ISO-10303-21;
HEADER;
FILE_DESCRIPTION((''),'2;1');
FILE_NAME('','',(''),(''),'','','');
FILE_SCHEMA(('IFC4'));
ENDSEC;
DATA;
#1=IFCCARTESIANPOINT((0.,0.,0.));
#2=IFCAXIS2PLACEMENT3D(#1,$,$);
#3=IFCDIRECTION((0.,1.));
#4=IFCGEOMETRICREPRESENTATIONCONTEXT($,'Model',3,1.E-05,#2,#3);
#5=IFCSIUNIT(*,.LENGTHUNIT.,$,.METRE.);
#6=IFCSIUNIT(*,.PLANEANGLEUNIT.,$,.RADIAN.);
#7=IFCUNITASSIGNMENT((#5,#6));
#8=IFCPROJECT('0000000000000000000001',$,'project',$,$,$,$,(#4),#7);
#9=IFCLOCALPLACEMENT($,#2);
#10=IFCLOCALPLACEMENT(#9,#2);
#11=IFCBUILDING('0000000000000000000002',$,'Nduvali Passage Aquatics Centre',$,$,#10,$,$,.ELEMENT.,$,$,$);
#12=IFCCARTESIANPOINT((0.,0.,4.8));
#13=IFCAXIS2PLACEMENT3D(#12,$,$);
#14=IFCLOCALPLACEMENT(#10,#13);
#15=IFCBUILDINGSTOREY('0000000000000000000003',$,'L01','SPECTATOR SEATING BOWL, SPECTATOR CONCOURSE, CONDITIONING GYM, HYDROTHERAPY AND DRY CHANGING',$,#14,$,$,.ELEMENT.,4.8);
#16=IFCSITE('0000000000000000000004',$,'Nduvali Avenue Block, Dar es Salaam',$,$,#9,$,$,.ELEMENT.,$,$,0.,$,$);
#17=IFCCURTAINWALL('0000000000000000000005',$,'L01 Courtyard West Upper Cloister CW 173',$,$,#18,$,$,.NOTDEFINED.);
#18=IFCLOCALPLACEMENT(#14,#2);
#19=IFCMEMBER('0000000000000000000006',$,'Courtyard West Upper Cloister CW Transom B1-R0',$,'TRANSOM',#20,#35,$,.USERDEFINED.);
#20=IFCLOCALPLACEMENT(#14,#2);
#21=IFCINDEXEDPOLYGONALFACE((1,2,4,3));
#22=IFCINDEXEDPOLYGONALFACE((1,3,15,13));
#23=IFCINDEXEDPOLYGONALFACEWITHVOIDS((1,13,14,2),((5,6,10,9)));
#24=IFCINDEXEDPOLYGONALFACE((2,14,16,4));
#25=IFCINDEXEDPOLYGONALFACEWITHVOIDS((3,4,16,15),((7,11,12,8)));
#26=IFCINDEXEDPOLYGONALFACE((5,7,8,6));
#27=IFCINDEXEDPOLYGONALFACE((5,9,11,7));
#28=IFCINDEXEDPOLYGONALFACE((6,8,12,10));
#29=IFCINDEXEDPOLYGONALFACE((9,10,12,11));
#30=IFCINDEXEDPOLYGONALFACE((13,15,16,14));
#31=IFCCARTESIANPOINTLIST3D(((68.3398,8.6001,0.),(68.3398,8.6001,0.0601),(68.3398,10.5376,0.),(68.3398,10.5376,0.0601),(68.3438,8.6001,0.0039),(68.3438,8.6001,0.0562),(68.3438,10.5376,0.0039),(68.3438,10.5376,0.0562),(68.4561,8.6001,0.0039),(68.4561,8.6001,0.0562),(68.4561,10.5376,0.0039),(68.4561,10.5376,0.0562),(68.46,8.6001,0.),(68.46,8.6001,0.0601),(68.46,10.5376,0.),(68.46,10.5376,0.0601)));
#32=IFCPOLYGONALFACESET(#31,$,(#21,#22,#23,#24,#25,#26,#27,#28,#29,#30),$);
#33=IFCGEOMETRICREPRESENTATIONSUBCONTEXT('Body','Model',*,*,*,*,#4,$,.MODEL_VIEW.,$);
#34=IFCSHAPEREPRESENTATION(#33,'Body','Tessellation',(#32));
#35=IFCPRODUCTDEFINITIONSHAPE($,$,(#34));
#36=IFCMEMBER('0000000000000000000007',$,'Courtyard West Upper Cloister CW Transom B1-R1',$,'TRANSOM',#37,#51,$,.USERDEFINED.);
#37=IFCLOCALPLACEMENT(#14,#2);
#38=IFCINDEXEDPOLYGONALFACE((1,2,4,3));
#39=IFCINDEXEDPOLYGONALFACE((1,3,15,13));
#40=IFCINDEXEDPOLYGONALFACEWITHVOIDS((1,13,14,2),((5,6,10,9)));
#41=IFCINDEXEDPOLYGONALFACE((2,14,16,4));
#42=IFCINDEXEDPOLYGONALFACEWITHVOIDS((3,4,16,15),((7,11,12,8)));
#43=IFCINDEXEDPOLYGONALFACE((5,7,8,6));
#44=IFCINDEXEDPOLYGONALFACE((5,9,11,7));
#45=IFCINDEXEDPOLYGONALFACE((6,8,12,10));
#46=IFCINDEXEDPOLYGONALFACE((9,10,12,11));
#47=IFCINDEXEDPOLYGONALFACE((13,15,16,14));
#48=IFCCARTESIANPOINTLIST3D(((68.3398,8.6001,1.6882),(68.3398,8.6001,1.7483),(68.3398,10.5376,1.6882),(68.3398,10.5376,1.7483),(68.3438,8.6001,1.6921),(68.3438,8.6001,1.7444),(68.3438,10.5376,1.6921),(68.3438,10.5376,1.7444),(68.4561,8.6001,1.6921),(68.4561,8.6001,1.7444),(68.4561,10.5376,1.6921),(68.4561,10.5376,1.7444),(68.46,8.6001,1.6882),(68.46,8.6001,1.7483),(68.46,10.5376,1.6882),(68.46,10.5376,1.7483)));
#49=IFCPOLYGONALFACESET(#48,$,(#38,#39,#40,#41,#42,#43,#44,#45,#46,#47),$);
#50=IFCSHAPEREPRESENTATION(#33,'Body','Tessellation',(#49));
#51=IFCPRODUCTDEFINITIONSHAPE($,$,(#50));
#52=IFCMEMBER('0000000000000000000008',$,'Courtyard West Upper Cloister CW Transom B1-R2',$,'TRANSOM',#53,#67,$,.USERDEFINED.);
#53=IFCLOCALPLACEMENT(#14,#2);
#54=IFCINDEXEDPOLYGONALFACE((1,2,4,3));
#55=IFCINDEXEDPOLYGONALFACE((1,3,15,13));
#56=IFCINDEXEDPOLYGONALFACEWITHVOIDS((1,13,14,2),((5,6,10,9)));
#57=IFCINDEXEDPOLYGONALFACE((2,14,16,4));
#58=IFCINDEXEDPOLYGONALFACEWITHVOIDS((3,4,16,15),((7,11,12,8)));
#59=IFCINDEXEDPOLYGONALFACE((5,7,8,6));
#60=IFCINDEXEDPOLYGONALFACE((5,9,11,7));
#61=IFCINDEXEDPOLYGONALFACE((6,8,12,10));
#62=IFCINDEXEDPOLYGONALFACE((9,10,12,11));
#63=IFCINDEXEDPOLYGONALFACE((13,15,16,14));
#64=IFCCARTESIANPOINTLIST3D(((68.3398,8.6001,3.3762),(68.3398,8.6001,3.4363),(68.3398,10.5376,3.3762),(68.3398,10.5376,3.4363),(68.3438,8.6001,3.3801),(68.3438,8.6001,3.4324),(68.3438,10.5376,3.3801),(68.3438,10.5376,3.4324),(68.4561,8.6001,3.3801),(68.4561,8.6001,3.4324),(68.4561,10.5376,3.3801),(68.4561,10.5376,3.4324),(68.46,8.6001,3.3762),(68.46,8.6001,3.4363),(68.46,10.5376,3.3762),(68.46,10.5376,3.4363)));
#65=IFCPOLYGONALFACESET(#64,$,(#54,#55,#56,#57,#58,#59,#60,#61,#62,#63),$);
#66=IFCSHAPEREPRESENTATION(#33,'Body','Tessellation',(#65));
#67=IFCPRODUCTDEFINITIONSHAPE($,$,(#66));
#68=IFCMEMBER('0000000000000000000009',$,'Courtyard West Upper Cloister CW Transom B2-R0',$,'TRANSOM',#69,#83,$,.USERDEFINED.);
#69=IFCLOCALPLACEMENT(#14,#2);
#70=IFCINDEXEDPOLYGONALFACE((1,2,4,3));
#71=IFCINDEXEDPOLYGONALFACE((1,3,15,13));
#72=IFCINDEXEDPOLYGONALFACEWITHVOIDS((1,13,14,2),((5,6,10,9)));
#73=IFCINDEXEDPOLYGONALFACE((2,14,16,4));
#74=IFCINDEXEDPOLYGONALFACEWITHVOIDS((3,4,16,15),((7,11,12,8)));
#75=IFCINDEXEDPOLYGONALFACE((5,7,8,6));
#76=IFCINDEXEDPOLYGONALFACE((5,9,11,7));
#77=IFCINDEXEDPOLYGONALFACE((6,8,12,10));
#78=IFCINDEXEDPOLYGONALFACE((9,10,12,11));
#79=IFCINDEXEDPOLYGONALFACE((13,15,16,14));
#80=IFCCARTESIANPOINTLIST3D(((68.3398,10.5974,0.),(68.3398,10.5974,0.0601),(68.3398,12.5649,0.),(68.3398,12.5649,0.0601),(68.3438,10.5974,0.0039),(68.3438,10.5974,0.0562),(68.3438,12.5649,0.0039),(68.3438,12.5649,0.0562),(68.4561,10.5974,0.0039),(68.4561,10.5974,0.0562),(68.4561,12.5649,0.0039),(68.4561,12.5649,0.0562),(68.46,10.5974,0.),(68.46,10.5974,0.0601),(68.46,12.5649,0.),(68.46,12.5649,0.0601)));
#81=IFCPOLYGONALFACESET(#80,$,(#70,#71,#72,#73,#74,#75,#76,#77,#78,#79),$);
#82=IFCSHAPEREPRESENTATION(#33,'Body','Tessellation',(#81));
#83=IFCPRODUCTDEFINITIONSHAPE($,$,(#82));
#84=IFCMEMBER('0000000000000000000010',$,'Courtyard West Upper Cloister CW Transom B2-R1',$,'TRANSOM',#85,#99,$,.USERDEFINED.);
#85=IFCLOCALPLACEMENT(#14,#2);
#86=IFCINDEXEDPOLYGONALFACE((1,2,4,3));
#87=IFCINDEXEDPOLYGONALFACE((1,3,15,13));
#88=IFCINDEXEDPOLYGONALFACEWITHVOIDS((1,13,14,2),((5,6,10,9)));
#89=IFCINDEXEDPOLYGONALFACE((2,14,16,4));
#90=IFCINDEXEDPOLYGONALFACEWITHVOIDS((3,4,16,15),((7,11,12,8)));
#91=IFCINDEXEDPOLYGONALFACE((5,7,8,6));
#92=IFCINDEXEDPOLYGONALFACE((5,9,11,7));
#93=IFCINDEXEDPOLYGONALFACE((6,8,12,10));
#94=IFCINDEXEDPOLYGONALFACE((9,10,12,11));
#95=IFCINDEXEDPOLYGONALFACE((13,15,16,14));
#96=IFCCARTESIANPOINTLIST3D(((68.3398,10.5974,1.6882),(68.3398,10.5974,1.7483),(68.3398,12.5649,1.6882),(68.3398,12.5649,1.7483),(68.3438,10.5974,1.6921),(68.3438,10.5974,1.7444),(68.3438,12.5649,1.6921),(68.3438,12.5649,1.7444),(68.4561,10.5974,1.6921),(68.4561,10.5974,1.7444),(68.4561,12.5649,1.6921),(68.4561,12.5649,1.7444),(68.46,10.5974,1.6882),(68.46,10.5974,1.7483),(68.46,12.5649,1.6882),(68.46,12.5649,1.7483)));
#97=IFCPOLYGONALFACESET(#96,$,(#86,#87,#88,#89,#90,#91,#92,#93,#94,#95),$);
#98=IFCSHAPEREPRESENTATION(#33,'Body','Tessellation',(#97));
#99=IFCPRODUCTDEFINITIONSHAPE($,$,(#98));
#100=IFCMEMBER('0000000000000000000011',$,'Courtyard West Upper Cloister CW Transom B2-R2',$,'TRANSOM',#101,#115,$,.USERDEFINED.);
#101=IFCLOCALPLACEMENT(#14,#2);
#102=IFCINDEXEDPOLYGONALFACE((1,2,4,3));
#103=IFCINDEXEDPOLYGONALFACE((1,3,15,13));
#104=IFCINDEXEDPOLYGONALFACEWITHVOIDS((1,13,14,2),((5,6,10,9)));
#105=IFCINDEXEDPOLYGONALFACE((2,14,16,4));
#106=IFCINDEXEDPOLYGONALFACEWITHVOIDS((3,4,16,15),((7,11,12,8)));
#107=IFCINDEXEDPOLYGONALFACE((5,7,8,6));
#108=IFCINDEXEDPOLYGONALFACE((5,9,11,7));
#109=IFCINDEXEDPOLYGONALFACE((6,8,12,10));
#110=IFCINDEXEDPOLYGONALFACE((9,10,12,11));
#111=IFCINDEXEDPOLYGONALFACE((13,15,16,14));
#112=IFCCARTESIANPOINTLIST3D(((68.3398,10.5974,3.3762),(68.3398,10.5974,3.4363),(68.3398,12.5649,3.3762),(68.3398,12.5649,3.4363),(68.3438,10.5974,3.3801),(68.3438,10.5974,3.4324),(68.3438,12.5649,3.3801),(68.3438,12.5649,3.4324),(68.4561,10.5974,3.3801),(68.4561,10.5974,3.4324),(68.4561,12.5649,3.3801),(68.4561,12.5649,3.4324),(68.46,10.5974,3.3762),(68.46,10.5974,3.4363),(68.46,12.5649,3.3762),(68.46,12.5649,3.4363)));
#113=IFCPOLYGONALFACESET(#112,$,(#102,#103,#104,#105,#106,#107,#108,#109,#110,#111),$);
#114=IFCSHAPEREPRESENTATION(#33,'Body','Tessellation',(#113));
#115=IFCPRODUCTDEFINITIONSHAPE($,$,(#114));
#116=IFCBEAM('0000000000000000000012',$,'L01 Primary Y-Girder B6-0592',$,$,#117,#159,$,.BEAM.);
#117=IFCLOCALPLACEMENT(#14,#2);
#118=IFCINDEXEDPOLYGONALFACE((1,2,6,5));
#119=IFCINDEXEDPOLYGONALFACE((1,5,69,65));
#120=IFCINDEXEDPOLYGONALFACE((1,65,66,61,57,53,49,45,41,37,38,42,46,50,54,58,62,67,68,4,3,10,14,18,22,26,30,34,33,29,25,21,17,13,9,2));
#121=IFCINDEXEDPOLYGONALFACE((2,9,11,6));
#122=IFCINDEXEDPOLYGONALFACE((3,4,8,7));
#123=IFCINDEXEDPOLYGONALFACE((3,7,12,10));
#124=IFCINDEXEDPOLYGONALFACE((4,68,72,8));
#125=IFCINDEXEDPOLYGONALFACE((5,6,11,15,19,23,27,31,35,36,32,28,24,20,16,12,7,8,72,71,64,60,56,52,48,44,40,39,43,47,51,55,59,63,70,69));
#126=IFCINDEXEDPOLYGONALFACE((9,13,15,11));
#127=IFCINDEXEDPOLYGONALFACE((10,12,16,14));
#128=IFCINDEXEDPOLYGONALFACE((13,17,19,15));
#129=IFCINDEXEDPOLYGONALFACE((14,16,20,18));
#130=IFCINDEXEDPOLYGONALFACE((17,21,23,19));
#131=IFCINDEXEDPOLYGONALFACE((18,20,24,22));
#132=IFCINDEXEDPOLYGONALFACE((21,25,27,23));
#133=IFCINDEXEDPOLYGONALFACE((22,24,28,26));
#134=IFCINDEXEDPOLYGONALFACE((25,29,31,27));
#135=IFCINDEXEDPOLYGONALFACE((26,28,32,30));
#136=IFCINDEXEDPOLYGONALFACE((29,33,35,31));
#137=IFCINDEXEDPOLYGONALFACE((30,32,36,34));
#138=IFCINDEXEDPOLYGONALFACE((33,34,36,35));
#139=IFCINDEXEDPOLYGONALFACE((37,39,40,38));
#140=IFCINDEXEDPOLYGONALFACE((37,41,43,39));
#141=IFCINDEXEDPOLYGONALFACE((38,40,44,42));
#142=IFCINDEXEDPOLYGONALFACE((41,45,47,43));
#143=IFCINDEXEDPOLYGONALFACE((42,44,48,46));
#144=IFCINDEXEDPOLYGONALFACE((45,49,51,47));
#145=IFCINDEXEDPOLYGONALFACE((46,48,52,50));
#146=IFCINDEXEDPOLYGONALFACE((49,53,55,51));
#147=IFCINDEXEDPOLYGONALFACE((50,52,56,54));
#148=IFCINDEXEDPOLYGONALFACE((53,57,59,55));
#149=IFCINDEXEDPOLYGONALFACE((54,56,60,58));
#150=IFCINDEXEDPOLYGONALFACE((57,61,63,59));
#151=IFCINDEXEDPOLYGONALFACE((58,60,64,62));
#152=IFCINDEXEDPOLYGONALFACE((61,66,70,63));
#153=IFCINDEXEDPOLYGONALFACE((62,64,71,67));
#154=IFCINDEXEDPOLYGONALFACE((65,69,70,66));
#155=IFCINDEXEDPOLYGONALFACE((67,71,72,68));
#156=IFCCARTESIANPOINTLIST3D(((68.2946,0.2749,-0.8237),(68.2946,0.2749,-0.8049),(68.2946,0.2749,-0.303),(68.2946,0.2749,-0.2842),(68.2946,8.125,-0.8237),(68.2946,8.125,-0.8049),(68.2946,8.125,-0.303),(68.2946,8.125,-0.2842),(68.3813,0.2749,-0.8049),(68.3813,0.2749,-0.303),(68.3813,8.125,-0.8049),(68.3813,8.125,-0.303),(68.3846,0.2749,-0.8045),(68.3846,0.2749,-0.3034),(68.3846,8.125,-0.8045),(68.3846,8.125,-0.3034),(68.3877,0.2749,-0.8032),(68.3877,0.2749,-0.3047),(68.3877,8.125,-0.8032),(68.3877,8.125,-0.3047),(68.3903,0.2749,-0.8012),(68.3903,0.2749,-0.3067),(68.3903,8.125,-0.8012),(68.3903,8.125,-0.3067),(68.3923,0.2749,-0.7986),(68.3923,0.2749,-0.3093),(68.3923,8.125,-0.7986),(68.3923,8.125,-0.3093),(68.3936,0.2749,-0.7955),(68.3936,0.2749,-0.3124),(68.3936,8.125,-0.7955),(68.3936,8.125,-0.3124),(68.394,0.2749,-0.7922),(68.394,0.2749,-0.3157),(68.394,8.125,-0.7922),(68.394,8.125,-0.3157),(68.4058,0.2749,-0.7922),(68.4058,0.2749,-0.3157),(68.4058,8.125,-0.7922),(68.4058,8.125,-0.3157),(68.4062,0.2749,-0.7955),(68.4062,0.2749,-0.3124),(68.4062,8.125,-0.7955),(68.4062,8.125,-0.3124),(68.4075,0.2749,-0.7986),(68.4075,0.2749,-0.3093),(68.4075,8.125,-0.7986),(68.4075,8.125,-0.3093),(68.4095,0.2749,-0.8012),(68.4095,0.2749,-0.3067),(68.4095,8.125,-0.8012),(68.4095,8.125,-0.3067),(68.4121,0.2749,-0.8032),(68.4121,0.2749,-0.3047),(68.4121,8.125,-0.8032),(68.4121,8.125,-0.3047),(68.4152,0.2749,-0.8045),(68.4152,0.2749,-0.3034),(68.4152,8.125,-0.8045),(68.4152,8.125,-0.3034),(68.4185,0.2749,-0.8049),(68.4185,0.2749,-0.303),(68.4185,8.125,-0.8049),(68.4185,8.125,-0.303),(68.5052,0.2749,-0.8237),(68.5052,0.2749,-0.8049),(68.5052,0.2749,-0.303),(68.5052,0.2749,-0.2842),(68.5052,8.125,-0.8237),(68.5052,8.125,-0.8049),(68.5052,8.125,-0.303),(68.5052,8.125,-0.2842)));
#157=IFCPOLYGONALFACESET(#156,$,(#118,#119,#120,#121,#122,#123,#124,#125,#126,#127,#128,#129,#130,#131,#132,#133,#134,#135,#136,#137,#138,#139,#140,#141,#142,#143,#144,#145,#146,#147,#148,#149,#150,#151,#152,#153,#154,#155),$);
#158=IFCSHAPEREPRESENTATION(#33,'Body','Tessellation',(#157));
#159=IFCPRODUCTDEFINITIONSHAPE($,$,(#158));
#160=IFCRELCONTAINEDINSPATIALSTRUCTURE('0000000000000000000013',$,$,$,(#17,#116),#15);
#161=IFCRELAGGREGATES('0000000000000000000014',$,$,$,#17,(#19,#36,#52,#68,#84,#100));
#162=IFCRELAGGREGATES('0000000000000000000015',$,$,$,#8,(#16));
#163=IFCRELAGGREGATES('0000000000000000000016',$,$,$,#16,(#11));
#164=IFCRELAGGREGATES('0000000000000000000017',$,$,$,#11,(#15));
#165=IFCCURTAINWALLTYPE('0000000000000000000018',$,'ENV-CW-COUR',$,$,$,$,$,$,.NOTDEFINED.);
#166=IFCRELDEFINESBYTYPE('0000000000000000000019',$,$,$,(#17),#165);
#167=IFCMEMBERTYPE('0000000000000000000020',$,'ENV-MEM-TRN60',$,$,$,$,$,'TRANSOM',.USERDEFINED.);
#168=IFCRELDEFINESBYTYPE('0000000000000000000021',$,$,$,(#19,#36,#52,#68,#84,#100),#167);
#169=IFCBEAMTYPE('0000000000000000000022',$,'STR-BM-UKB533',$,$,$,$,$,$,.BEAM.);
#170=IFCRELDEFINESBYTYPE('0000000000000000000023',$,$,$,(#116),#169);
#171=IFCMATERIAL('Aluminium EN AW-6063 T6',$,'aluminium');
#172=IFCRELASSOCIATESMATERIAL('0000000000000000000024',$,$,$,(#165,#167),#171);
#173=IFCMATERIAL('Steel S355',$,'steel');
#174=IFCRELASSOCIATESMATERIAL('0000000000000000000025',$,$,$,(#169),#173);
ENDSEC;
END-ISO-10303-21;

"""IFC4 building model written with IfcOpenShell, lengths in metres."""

from ifc_helpers import new_model, si_unit, direction, frame, origin, origin_2d, place, context, subcontext, project, spatial, hollow_rectangle, i_section, extrude, material, material_profile, profile_set, type_object, element, aggregate, save


model = new_model("IFC4")

# Units and contexts
model_context = context("Model", 3, precision=1e-05, world=origin(), true_north=direction((0.0, 1.0)))
body_context = subcontext(model_context, "Body", "Model", "MODEL_VIEW")
ifc_project = project(units=[si_unit("LENGTHUNIT", "METRE"), si_unit("PLANEANGLEUNIT", "RADIAN")], contexts=[model_context])

# Site, building, storey
site_placement = place(None, origin())
site = spatial("IfcSite", under=ifc_project, at=site_placement, Name="Nduvali Avenue Block, Dar es Salaam", CompositionType="ELEMENT", RefElevation=0.0)
building_placement = place(site_placement, origin())
building = spatial("IfcBuilding", under=site, at=building_placement, Name="Nduvali Passage Aquatics Centre", CompositionType="ELEMENT")
storey_placement = place(building_placement, frame((0.0, 0.0, 4.8)))
storey = spatial("IfcBuildingStorey", under=building, at=storey_placement, Name="L01", Description="SPECTATOR SEATING BOWL, SPECTATOR CONCOURSE, CONDITIONING GYM, HYDROTHERAPY AND DRY CHANGING", CompositionType="ELEMENT", Elevation=4.8)

# Shared definitions
ifc_material_1 = material(Name="Steel S355", Category="steel")

# Curtain wall
ifc_material_2 = material(Name="Aluminium EN AW-6063 T6", Category="aluminium")
curtain_wall_type = type_object("IfcCurtainWallType", Name="ENV-CW-COUR", PredefinedType="NOTDEFINED", material=ifc_material_2)
curtain_wall_1_placement = place(storey_placement, origin())
curtain_wall_1 = element("IfcCurtainWall", 1, at=curtain_wall_1_placement, inside=storey, type_object=curtain_wall_type, Name="L01 Courtyard West Upper Cloister CW 173", PredefinedType="NOTDEFINED")

# Members
ifc_material_profile_1 = material_profile(ifc_material_2, hollow_rectangle(XDim=0.1201, YDim=0.0601, WallThickness=0.0039, at=origin_2d()), Name="ALU TRANSOM 120x60x4")
ifc_profile_set_1 = profile_set([ifc_material_profile_1], Name="Aluminium EN AW-6063 T6")
member_type_1 = type_object("IfcMemberType", Name="ENV-MEM-TRN60", ElementType="TRANSOM", PredefinedType="USERDEFINED", material=ifc_profile_set_1)
member_1_placement = place(storey_placement, frame((68.3999, 8.6001, 0.03), z_axis=(0.0, 1.0, 0.0), x_axis=(-1.0, 0.0, 0.0)))
member_1 = element("IfcMember", 2, at=member_1_placement, type_object=member_type_1, Name="Courtyard West Upper Cloister CW Transom B1-R0", ObjectType="TRANSOM", PredefinedType="USERDEFINED", context=body_context, shape_type="SweptSolid", body=[
    extrude(hollow_rectangle(XDim=0.1201, YDim=0.0601, WallThickness=0.0039, at=origin_2d()), origin(), (0.0, 0.0, 1.0), 1.9375),
])
member_2_placement = place(storey_placement, frame((68.3999, 8.6001, 1.7183), z_axis=(0.0, 1.0, 0.0), x_axis=(-1.0, 0.0, 0.0)))
member_2 = element("IfcMember", 3, at=member_2_placement, type_object=member_type_1, Name="Courtyard West Upper Cloister CW Transom B1-R1", ObjectType="TRANSOM", PredefinedType="USERDEFINED", context=body_context, shape_type="SweptSolid", body=[
    extrude(hollow_rectangle(XDim=0.1201, YDim=0.0601, WallThickness=0.0039, at=origin_2d()), origin(), (0.0, 0.0, 1.0), 1.9375),
])
member_3_placement = place(storey_placement, frame((68.3999, 8.6001, 3.4062), z_axis=(0.0, 1.0, 0.0), x_axis=(-1.0, 0.0, 0.0)))
member_3 = element("IfcMember", 4, at=member_3_placement, type_object=member_type_1, Name="Courtyard West Upper Cloister CW Transom B1-R2", ObjectType="TRANSOM", PredefinedType="USERDEFINED", context=body_context, shape_type="SweptSolid", body=[
    extrude(hollow_rectangle(XDim=0.1201, YDim=0.0601, WallThickness=0.0039, at=origin_2d()), origin(), (0.0, 0.0, 1.0), 1.9375),
])
member_4_placement = place(storey_placement, frame((68.3999, 10.5974, 0.03), z_axis=(0.0, 1.0, 0.0), x_axis=(-1.0, 0.0, 0.0)))
member_4 = element("IfcMember", 5, at=member_4_placement, type_object=member_type_1, Name="Courtyard West Upper Cloister CW Transom B2-R0", ObjectType="TRANSOM", PredefinedType="USERDEFINED", context=body_context, shape_type="SweptSolid", body=[
    extrude(hollow_rectangle(XDim=0.1201, YDim=0.0601, WallThickness=0.0039, at=origin_2d()), origin(), (0.0, 0.0, 1.0), 1.9675),
])
member_5_placement = place(storey_placement, frame((68.3999, 10.5974, 1.7183), z_axis=(0.0, 1.0, 0.0), x_axis=(-1.0, 0.0, 0.0)))
member_5 = element("IfcMember", 6, at=member_5_placement, type_object=member_type_1, Name="Courtyard West Upper Cloister CW Transom B2-R1", ObjectType="TRANSOM", PredefinedType="USERDEFINED", context=body_context, shape_type="SweptSolid", body=[
    extrude(hollow_rectangle(XDim=0.1201, YDim=0.0601, WallThickness=0.0039, at=origin_2d()), origin(), (0.0, 0.0, 1.0), 1.9675),
])
member_6_placement = place(storey_placement, frame((68.3999, 10.5974, 3.4062), z_axis=(0.0, 1.0, 0.0), x_axis=(-1.0, 0.0, 0.0)))
member_6 = element("IfcMember", 7, at=member_6_placement, type_object=member_type_1, Name="Courtyard West Upper Cloister CW Transom B2-R2", ObjectType="TRANSOM", PredefinedType="USERDEFINED", context=body_context, shape_type="SweptSolid", body=[
    extrude(hollow_rectangle(XDim=0.1201, YDim=0.0601, WallThickness=0.0039, at=origin_2d()), origin(), (0.0, 0.0, 1.0), 1.9675),
])

# Beam
ifc_material_profile_2 = material_profile(ifc_material_1, i_section(OverallWidth=0.2107, OverallDepth=0.5396, WebThickness=0.0117, FlangeThickness=0.0188, FilletRadius=0.0127, at=origin_2d()), Name="UKB 533x210x109")
ifc_profile_set_2 = profile_set([ifc_material_profile_2], Name="Steel S355")
beam_type = type_object("IfcBeamType", Name="STR-BM-UKB533", PredefinedType="BEAM", material=ifc_profile_set_2)
beam_1_placement = place(storey_placement, frame((68.3999, 0.2749, -0.554), z_axis=(0.0, 1.0, 0.0), x_axis=(-1.0, 0.0, 0.0)))
element("IfcBeam", 8, at=beam_1_placement, inside=storey, type_object=beam_type, Name="L01 Primary Y-Girder B6-0592", PredefinedType="BEAM", context=body_context, shape_type="SweptSolid", body=[
    extrude(i_section(OverallWidth=0.2107, OverallDepth=0.5396, WebThickness=0.0117, FlangeThickness=0.0188, FilletRadius=0.0127, at=origin_2d()), origin(), (0.0, 0.0, 1.0), 7.8501),
])

aggregate(curtain_wall_1, [member_1, member_2, member_3, member_4, member_5, member_6])

save(model, "model.ifc")
